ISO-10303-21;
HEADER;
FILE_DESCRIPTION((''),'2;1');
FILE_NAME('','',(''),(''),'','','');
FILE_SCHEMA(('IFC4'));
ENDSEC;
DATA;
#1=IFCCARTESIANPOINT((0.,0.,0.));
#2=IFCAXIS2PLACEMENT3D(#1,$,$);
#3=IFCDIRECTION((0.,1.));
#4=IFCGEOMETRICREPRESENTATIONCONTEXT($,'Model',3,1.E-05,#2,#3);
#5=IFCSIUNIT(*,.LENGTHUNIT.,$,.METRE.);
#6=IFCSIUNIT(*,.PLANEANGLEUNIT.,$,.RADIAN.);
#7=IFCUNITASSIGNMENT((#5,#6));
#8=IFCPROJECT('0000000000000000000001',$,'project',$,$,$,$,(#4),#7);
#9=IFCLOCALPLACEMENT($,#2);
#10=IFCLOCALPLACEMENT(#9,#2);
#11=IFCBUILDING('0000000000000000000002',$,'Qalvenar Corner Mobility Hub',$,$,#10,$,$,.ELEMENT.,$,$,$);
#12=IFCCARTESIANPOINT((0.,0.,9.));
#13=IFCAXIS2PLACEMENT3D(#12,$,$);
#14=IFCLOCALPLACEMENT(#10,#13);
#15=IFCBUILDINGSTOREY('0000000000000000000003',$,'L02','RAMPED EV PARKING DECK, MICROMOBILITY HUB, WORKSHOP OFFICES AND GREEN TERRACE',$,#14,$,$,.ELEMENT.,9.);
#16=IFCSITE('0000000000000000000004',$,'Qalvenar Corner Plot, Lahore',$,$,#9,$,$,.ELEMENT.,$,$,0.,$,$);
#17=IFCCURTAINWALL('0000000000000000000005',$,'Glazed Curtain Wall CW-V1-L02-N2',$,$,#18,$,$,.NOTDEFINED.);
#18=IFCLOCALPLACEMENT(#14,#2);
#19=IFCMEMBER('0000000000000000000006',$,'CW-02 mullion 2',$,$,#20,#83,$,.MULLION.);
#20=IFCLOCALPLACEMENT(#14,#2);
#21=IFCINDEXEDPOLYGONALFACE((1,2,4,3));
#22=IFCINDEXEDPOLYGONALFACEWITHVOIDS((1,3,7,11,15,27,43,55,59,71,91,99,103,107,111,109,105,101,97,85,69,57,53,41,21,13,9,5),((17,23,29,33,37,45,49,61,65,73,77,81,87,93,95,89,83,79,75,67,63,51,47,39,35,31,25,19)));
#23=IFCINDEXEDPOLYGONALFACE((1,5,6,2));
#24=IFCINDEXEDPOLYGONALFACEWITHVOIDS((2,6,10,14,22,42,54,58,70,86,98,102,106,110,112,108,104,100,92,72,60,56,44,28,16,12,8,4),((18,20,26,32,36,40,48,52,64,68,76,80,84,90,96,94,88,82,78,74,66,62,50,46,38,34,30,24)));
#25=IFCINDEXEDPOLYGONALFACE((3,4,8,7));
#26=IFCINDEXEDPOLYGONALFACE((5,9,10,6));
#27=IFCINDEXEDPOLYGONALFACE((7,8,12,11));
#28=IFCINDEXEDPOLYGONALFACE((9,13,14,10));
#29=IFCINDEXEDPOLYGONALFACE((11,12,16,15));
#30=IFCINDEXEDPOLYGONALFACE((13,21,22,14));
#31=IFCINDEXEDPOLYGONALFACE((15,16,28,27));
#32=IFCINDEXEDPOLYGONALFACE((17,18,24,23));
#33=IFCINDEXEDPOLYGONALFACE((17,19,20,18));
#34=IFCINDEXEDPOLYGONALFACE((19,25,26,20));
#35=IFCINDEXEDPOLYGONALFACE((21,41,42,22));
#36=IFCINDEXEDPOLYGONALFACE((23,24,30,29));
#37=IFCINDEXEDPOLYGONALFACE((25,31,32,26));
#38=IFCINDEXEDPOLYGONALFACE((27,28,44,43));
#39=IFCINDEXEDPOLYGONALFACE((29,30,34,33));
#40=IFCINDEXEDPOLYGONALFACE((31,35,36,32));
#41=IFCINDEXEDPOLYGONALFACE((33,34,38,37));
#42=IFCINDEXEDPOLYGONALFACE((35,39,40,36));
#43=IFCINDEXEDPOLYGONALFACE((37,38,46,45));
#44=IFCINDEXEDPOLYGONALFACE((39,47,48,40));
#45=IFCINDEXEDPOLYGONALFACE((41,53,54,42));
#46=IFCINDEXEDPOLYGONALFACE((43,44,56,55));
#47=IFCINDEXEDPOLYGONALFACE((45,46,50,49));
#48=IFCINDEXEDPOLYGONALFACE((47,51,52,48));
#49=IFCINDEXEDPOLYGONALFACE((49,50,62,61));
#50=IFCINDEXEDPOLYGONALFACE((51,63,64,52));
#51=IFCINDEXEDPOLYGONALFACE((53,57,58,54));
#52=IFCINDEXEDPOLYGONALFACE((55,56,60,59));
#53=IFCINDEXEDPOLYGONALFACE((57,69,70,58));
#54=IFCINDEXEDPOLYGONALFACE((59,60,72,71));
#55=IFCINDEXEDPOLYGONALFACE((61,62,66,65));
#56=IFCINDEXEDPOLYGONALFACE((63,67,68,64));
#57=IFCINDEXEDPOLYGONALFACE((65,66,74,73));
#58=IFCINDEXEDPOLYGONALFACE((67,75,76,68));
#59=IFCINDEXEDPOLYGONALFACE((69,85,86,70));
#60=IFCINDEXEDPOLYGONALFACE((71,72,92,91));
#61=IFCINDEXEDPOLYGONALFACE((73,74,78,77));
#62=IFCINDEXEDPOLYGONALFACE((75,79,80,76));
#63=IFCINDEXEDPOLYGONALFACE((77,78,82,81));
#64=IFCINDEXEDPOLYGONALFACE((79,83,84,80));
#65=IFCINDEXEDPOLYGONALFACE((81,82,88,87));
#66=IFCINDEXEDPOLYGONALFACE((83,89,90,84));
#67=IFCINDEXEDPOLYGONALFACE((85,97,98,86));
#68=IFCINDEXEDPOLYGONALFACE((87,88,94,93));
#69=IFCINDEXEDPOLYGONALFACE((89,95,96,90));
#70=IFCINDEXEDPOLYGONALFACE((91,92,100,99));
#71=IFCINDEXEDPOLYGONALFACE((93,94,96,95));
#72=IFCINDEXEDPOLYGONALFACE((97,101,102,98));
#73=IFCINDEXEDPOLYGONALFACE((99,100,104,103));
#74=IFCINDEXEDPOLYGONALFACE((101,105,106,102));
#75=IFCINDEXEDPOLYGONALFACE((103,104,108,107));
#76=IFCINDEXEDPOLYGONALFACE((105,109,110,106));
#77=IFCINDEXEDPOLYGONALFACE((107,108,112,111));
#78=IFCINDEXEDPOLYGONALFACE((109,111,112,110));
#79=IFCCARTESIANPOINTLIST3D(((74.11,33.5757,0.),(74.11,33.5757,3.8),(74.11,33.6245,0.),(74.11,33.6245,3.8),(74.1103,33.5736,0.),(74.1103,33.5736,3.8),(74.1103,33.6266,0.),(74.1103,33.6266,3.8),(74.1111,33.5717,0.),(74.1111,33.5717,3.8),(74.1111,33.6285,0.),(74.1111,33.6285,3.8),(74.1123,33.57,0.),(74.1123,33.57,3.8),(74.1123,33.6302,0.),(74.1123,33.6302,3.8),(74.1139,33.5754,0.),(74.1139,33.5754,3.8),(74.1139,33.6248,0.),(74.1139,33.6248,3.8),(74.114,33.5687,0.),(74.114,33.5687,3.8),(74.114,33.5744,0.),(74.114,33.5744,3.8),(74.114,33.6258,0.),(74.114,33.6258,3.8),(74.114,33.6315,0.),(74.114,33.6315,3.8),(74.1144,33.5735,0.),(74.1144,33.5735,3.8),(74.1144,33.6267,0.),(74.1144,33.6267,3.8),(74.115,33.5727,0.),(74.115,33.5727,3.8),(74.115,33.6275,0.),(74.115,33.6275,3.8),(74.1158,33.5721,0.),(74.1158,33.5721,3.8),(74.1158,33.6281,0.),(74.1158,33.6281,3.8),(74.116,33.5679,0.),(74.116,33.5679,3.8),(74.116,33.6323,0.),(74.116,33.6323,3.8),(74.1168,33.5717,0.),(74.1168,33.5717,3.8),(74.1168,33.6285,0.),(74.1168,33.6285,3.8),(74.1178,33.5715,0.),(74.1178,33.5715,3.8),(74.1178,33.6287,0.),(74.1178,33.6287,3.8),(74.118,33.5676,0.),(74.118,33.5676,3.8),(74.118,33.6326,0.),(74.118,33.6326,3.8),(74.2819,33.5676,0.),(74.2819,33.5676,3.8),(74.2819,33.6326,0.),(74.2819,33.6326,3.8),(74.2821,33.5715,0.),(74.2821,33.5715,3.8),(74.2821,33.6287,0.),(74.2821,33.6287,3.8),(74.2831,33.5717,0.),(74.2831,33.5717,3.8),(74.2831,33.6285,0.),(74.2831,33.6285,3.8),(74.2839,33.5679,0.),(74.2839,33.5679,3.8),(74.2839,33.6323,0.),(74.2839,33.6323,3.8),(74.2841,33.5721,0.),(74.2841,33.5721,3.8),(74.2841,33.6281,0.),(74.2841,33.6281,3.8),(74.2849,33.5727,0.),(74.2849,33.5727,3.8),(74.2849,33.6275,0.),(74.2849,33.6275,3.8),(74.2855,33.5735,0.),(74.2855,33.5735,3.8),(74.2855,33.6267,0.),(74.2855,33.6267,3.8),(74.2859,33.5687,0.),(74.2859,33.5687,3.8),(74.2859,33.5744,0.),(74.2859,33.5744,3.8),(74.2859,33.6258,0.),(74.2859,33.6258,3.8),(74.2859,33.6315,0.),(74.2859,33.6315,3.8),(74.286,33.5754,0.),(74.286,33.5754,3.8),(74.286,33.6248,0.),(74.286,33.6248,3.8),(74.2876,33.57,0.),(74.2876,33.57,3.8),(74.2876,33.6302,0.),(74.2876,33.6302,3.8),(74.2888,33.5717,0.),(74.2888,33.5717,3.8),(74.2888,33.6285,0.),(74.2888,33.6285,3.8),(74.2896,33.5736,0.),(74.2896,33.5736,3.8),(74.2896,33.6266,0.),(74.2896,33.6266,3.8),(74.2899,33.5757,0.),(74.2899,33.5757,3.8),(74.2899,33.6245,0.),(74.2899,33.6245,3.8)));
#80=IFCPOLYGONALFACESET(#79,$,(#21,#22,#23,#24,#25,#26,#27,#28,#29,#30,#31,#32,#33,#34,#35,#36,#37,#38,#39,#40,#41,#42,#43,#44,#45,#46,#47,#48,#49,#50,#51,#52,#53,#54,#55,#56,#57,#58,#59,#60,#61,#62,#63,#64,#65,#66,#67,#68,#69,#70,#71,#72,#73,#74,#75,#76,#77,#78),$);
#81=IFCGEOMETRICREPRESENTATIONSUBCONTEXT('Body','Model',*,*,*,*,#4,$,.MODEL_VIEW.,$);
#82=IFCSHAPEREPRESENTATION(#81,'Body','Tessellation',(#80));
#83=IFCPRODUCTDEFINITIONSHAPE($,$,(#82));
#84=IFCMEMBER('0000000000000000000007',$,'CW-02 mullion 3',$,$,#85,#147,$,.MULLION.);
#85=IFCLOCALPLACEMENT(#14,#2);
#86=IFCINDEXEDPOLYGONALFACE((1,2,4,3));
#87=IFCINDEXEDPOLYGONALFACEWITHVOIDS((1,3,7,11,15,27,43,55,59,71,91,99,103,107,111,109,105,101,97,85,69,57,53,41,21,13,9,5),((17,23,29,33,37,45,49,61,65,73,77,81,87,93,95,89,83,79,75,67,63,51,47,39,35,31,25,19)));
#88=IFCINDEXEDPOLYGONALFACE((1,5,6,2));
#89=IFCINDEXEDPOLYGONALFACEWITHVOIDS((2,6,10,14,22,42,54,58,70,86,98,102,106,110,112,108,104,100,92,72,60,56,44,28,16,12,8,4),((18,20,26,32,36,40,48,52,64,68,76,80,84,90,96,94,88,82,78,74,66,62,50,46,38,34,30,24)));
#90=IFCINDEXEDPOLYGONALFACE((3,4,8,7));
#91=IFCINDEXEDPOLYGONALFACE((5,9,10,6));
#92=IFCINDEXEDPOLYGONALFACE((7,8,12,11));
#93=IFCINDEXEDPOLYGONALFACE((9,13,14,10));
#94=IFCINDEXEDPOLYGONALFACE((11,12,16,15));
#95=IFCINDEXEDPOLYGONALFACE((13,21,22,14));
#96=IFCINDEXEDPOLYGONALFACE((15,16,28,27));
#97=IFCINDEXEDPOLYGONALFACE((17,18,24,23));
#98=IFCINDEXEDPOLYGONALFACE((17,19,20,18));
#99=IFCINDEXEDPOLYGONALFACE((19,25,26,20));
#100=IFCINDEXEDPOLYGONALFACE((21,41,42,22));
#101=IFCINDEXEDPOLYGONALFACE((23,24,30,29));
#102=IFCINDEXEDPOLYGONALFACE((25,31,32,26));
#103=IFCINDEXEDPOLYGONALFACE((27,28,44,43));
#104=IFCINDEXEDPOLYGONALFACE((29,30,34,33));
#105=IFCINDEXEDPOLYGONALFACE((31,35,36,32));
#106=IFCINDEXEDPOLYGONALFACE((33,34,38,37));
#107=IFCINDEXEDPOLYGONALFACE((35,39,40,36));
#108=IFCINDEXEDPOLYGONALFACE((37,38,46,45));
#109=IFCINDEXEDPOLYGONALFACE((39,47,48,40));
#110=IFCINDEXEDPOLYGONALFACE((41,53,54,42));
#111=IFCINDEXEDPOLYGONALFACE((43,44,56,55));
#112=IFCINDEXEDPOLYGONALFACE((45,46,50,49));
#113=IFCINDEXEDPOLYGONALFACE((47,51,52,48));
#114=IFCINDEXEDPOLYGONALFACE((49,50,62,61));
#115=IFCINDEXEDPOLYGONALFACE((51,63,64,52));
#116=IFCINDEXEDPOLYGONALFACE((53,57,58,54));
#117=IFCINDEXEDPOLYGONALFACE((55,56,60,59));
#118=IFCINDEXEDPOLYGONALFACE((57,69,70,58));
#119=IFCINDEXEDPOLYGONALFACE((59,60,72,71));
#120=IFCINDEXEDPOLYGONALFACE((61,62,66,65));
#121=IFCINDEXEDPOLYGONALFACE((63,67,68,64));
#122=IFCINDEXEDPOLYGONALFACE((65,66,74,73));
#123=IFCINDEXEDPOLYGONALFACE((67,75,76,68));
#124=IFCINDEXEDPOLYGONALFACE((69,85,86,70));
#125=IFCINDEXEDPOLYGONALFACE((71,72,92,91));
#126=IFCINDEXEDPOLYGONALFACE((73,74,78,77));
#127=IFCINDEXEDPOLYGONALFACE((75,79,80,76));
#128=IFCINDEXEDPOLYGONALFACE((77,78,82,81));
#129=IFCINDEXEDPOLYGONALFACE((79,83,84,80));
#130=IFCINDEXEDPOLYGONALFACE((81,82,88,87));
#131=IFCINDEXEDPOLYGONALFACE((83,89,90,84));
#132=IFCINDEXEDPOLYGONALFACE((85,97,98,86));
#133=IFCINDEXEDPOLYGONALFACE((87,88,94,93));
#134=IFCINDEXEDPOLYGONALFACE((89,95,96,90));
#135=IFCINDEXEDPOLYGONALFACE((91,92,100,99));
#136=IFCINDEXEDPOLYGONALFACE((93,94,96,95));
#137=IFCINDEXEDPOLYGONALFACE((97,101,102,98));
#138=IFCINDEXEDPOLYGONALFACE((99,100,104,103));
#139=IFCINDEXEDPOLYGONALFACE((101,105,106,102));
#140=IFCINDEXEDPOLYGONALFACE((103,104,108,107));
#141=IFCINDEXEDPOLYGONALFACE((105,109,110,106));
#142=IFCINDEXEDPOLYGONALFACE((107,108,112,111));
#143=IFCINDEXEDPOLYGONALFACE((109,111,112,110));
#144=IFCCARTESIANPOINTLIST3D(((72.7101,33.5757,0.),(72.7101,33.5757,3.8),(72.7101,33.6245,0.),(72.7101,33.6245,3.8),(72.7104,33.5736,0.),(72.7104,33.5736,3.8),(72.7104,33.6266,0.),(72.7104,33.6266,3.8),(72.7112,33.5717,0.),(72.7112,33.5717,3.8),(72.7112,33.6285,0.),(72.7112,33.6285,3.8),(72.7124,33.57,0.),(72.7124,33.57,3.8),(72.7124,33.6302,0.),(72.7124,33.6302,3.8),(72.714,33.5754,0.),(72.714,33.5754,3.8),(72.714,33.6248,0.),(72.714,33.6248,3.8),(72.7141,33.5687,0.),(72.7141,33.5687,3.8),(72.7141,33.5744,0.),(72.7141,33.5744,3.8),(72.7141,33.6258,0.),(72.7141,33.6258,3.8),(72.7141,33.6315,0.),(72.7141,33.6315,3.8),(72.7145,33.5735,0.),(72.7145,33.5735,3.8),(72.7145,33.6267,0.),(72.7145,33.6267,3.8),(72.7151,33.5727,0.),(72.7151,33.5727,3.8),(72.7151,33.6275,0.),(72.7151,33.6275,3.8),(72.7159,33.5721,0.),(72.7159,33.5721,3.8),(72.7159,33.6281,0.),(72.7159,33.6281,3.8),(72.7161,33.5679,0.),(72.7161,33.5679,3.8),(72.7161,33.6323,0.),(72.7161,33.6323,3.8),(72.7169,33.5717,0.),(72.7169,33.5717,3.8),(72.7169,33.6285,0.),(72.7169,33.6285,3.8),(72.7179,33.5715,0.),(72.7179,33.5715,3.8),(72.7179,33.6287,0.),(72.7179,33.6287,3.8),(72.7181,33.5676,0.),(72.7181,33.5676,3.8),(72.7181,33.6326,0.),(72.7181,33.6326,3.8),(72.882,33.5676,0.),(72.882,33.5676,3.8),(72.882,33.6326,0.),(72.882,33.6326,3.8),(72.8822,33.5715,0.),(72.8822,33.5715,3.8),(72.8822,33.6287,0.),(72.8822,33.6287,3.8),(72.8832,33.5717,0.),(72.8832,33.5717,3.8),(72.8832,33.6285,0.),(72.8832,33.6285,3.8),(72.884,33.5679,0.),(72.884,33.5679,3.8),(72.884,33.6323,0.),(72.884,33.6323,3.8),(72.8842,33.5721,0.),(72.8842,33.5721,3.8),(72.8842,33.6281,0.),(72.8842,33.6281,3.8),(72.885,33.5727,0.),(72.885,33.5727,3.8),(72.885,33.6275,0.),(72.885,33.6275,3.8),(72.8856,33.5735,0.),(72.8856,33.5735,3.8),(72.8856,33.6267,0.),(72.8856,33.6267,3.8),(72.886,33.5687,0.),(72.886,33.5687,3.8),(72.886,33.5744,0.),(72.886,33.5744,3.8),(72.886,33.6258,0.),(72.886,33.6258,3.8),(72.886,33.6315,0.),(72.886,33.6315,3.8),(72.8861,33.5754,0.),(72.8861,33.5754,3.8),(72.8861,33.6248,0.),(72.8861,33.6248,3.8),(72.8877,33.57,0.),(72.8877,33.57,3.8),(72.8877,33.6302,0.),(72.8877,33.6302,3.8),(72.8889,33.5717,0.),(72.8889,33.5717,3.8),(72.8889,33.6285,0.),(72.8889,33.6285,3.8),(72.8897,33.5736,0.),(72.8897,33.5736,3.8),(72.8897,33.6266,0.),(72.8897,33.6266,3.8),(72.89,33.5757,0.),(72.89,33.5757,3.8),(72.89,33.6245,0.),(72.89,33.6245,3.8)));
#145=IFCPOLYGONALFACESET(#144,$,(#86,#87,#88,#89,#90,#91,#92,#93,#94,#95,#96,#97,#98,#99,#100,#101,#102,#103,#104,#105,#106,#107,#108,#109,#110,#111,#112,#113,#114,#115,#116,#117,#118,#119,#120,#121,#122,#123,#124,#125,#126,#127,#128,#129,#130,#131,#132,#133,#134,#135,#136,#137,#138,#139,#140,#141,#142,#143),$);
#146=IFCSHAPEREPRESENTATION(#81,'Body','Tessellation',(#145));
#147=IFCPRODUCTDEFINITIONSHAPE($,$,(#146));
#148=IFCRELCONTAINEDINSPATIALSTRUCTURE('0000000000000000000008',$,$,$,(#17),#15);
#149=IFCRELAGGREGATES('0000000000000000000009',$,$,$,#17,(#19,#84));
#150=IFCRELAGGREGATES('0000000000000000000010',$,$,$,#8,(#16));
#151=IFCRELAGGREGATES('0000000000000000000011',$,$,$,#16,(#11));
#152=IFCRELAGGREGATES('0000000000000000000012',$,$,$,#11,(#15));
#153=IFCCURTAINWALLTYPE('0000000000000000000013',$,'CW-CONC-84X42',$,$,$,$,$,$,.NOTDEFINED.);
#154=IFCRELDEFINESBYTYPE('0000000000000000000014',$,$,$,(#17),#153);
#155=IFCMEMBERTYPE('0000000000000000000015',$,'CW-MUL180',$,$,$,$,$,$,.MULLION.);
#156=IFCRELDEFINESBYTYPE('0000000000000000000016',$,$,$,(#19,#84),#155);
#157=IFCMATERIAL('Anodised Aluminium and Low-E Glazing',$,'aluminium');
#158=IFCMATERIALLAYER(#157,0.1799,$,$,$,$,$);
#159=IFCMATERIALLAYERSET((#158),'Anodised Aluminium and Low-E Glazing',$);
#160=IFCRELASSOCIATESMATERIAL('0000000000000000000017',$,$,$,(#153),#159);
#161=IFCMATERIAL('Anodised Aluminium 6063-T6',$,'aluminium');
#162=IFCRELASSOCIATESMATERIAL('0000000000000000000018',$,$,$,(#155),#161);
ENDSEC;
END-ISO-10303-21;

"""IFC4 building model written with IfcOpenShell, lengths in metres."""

from ifc_helpers import new_model, si_unit, direction, frame, origin, origin_2d, place, context, subcontext, project, spatial, hollow_rectangle, extrude, material, layer, layer_set, material_profile, profile_set, type_object, element, aggregate, save


model = new_model("IFC4")

# Units and contexts
model_context = context("Model", 3, precision=1e-05, world=origin(), true_north=direction((0.0, 1.0)))
body_context = subcontext(model_context, "Body", "Model", "MODEL_VIEW")
ifc_project = project(units=[si_unit("LENGTHUNIT", "METRE"), si_unit("PLANEANGLEUNIT", "RADIAN")], contexts=[model_context])

# Site, building, storey
site_placement = place(None, origin())
site = spatial("IfcSite", under=ifc_project, at=site_placement, Name="Qalvenar Corner Plot, Lahore", CompositionType="ELEMENT", RefElevation=0.0)
building_placement = place(site_placement, origin())
building = spatial("IfcBuilding", under=site, at=building_placement, Name="Qalvenar Corner Mobility Hub", CompositionType="ELEMENT")
storey_placement = place(building_placement, frame((0.0, 0.0, 9.0)))
storey = spatial("IfcBuildingStorey", under=building, at=storey_placement, Name="L02", Description="RAMPED EV PARKING DECK, MICROMOBILITY HUB, WORKSHOP OFFICES AND GREEN TERRACE", CompositionType="ELEMENT", Elevation=9.0)

# Curtain wall, members
ifc_material_1 = material(Name="Anodised Aluminium and Low-E Glazing", Category="aluminium")
ifc_layer_1 = layer(ifc_material_1, 0.1799)
ifc_layer_set_1 = layer_set([ifc_layer_1], Name="Anodised Aluminium and Low-E Glazing")
curtain_wall_type = type_object("IfcCurtainWallType", Name="CW-CONC-84X42", PredefinedType="NOTDEFINED", material=ifc_layer_set_1)
curtain_wall_placement = place(storey_placement, origin())
curtain_wall = element("IfcCurtainWall", 1, at=curtain_wall_placement, inside=storey, type_object=curtain_wall_type, Name="Glazed Curtain Wall CW-V1-L02-N2", PredefinedType="NOTDEFINED")
ifc_material_2 = material(Name="Anodised Aluminium 6063-T6", Category="aluminium")
ifc_material_profile_1 = material_profile(ifc_material_2, hollow_rectangle(XDim=0.0649, YDim=0.1799, WallThickness=0.0039, InnerFilletRadius=0.0039, OuterFilletRadius=0.0081, at=origin_2d()), Name="RHS180x65x4")
ifc_profile_set_1 = profile_set([ifc_material_profile_1], Name="Anodised Aluminium 6063-T6")
member_type_1 = type_object("IfcMemberType", Name="CW-MUL180", PredefinedType="MULLION", material=ifc_profile_set_1)
member_1_placement = place(storey_placement, frame((74.2, 33.6001, 0.0), z_axis=(0.0, 0.0, 1.0), x_axis=(0.0, -1.0, 0.0)))
member_1 = element("IfcMember", 2, at=member_1_placement, type_object=member_type_1, Name="CW-02 mullion 2", PredefinedType="MULLION", context=body_context, shape_type="SweptSolid", body=[
    extrude(hollow_rectangle(XDim=0.0649, YDim=0.1799, WallThickness=0.0039, InnerFilletRadius=0.0039, OuterFilletRadius=0.0081, at=origin_2d()), origin(), (0.0, 0.0, 1.0), 3.8),
])
member_2_placement = place(storey_placement, frame((72.8, 33.6001, 0.0), z_axis=(0.0, 0.0, 1.0), x_axis=(0.0, -1.0, 0.0)))
member_2 = element("IfcMember", 3, at=member_2_placement, type_object=member_type_1, Name="CW-02 mullion 3", PredefinedType="MULLION", context=body_context, shape_type="SweptSolid", body=[
    extrude(hollow_rectangle(XDim=0.0649, YDim=0.1799, WallThickness=0.0039, InnerFilletRadius=0.0039, OuterFilletRadius=0.0081, at=origin_2d()), origin(), (0.0, 0.0, 1.0), 3.8),
])

aggregate(curtain_wall, [member_1, member_2])

save(model, "model.ifc")
